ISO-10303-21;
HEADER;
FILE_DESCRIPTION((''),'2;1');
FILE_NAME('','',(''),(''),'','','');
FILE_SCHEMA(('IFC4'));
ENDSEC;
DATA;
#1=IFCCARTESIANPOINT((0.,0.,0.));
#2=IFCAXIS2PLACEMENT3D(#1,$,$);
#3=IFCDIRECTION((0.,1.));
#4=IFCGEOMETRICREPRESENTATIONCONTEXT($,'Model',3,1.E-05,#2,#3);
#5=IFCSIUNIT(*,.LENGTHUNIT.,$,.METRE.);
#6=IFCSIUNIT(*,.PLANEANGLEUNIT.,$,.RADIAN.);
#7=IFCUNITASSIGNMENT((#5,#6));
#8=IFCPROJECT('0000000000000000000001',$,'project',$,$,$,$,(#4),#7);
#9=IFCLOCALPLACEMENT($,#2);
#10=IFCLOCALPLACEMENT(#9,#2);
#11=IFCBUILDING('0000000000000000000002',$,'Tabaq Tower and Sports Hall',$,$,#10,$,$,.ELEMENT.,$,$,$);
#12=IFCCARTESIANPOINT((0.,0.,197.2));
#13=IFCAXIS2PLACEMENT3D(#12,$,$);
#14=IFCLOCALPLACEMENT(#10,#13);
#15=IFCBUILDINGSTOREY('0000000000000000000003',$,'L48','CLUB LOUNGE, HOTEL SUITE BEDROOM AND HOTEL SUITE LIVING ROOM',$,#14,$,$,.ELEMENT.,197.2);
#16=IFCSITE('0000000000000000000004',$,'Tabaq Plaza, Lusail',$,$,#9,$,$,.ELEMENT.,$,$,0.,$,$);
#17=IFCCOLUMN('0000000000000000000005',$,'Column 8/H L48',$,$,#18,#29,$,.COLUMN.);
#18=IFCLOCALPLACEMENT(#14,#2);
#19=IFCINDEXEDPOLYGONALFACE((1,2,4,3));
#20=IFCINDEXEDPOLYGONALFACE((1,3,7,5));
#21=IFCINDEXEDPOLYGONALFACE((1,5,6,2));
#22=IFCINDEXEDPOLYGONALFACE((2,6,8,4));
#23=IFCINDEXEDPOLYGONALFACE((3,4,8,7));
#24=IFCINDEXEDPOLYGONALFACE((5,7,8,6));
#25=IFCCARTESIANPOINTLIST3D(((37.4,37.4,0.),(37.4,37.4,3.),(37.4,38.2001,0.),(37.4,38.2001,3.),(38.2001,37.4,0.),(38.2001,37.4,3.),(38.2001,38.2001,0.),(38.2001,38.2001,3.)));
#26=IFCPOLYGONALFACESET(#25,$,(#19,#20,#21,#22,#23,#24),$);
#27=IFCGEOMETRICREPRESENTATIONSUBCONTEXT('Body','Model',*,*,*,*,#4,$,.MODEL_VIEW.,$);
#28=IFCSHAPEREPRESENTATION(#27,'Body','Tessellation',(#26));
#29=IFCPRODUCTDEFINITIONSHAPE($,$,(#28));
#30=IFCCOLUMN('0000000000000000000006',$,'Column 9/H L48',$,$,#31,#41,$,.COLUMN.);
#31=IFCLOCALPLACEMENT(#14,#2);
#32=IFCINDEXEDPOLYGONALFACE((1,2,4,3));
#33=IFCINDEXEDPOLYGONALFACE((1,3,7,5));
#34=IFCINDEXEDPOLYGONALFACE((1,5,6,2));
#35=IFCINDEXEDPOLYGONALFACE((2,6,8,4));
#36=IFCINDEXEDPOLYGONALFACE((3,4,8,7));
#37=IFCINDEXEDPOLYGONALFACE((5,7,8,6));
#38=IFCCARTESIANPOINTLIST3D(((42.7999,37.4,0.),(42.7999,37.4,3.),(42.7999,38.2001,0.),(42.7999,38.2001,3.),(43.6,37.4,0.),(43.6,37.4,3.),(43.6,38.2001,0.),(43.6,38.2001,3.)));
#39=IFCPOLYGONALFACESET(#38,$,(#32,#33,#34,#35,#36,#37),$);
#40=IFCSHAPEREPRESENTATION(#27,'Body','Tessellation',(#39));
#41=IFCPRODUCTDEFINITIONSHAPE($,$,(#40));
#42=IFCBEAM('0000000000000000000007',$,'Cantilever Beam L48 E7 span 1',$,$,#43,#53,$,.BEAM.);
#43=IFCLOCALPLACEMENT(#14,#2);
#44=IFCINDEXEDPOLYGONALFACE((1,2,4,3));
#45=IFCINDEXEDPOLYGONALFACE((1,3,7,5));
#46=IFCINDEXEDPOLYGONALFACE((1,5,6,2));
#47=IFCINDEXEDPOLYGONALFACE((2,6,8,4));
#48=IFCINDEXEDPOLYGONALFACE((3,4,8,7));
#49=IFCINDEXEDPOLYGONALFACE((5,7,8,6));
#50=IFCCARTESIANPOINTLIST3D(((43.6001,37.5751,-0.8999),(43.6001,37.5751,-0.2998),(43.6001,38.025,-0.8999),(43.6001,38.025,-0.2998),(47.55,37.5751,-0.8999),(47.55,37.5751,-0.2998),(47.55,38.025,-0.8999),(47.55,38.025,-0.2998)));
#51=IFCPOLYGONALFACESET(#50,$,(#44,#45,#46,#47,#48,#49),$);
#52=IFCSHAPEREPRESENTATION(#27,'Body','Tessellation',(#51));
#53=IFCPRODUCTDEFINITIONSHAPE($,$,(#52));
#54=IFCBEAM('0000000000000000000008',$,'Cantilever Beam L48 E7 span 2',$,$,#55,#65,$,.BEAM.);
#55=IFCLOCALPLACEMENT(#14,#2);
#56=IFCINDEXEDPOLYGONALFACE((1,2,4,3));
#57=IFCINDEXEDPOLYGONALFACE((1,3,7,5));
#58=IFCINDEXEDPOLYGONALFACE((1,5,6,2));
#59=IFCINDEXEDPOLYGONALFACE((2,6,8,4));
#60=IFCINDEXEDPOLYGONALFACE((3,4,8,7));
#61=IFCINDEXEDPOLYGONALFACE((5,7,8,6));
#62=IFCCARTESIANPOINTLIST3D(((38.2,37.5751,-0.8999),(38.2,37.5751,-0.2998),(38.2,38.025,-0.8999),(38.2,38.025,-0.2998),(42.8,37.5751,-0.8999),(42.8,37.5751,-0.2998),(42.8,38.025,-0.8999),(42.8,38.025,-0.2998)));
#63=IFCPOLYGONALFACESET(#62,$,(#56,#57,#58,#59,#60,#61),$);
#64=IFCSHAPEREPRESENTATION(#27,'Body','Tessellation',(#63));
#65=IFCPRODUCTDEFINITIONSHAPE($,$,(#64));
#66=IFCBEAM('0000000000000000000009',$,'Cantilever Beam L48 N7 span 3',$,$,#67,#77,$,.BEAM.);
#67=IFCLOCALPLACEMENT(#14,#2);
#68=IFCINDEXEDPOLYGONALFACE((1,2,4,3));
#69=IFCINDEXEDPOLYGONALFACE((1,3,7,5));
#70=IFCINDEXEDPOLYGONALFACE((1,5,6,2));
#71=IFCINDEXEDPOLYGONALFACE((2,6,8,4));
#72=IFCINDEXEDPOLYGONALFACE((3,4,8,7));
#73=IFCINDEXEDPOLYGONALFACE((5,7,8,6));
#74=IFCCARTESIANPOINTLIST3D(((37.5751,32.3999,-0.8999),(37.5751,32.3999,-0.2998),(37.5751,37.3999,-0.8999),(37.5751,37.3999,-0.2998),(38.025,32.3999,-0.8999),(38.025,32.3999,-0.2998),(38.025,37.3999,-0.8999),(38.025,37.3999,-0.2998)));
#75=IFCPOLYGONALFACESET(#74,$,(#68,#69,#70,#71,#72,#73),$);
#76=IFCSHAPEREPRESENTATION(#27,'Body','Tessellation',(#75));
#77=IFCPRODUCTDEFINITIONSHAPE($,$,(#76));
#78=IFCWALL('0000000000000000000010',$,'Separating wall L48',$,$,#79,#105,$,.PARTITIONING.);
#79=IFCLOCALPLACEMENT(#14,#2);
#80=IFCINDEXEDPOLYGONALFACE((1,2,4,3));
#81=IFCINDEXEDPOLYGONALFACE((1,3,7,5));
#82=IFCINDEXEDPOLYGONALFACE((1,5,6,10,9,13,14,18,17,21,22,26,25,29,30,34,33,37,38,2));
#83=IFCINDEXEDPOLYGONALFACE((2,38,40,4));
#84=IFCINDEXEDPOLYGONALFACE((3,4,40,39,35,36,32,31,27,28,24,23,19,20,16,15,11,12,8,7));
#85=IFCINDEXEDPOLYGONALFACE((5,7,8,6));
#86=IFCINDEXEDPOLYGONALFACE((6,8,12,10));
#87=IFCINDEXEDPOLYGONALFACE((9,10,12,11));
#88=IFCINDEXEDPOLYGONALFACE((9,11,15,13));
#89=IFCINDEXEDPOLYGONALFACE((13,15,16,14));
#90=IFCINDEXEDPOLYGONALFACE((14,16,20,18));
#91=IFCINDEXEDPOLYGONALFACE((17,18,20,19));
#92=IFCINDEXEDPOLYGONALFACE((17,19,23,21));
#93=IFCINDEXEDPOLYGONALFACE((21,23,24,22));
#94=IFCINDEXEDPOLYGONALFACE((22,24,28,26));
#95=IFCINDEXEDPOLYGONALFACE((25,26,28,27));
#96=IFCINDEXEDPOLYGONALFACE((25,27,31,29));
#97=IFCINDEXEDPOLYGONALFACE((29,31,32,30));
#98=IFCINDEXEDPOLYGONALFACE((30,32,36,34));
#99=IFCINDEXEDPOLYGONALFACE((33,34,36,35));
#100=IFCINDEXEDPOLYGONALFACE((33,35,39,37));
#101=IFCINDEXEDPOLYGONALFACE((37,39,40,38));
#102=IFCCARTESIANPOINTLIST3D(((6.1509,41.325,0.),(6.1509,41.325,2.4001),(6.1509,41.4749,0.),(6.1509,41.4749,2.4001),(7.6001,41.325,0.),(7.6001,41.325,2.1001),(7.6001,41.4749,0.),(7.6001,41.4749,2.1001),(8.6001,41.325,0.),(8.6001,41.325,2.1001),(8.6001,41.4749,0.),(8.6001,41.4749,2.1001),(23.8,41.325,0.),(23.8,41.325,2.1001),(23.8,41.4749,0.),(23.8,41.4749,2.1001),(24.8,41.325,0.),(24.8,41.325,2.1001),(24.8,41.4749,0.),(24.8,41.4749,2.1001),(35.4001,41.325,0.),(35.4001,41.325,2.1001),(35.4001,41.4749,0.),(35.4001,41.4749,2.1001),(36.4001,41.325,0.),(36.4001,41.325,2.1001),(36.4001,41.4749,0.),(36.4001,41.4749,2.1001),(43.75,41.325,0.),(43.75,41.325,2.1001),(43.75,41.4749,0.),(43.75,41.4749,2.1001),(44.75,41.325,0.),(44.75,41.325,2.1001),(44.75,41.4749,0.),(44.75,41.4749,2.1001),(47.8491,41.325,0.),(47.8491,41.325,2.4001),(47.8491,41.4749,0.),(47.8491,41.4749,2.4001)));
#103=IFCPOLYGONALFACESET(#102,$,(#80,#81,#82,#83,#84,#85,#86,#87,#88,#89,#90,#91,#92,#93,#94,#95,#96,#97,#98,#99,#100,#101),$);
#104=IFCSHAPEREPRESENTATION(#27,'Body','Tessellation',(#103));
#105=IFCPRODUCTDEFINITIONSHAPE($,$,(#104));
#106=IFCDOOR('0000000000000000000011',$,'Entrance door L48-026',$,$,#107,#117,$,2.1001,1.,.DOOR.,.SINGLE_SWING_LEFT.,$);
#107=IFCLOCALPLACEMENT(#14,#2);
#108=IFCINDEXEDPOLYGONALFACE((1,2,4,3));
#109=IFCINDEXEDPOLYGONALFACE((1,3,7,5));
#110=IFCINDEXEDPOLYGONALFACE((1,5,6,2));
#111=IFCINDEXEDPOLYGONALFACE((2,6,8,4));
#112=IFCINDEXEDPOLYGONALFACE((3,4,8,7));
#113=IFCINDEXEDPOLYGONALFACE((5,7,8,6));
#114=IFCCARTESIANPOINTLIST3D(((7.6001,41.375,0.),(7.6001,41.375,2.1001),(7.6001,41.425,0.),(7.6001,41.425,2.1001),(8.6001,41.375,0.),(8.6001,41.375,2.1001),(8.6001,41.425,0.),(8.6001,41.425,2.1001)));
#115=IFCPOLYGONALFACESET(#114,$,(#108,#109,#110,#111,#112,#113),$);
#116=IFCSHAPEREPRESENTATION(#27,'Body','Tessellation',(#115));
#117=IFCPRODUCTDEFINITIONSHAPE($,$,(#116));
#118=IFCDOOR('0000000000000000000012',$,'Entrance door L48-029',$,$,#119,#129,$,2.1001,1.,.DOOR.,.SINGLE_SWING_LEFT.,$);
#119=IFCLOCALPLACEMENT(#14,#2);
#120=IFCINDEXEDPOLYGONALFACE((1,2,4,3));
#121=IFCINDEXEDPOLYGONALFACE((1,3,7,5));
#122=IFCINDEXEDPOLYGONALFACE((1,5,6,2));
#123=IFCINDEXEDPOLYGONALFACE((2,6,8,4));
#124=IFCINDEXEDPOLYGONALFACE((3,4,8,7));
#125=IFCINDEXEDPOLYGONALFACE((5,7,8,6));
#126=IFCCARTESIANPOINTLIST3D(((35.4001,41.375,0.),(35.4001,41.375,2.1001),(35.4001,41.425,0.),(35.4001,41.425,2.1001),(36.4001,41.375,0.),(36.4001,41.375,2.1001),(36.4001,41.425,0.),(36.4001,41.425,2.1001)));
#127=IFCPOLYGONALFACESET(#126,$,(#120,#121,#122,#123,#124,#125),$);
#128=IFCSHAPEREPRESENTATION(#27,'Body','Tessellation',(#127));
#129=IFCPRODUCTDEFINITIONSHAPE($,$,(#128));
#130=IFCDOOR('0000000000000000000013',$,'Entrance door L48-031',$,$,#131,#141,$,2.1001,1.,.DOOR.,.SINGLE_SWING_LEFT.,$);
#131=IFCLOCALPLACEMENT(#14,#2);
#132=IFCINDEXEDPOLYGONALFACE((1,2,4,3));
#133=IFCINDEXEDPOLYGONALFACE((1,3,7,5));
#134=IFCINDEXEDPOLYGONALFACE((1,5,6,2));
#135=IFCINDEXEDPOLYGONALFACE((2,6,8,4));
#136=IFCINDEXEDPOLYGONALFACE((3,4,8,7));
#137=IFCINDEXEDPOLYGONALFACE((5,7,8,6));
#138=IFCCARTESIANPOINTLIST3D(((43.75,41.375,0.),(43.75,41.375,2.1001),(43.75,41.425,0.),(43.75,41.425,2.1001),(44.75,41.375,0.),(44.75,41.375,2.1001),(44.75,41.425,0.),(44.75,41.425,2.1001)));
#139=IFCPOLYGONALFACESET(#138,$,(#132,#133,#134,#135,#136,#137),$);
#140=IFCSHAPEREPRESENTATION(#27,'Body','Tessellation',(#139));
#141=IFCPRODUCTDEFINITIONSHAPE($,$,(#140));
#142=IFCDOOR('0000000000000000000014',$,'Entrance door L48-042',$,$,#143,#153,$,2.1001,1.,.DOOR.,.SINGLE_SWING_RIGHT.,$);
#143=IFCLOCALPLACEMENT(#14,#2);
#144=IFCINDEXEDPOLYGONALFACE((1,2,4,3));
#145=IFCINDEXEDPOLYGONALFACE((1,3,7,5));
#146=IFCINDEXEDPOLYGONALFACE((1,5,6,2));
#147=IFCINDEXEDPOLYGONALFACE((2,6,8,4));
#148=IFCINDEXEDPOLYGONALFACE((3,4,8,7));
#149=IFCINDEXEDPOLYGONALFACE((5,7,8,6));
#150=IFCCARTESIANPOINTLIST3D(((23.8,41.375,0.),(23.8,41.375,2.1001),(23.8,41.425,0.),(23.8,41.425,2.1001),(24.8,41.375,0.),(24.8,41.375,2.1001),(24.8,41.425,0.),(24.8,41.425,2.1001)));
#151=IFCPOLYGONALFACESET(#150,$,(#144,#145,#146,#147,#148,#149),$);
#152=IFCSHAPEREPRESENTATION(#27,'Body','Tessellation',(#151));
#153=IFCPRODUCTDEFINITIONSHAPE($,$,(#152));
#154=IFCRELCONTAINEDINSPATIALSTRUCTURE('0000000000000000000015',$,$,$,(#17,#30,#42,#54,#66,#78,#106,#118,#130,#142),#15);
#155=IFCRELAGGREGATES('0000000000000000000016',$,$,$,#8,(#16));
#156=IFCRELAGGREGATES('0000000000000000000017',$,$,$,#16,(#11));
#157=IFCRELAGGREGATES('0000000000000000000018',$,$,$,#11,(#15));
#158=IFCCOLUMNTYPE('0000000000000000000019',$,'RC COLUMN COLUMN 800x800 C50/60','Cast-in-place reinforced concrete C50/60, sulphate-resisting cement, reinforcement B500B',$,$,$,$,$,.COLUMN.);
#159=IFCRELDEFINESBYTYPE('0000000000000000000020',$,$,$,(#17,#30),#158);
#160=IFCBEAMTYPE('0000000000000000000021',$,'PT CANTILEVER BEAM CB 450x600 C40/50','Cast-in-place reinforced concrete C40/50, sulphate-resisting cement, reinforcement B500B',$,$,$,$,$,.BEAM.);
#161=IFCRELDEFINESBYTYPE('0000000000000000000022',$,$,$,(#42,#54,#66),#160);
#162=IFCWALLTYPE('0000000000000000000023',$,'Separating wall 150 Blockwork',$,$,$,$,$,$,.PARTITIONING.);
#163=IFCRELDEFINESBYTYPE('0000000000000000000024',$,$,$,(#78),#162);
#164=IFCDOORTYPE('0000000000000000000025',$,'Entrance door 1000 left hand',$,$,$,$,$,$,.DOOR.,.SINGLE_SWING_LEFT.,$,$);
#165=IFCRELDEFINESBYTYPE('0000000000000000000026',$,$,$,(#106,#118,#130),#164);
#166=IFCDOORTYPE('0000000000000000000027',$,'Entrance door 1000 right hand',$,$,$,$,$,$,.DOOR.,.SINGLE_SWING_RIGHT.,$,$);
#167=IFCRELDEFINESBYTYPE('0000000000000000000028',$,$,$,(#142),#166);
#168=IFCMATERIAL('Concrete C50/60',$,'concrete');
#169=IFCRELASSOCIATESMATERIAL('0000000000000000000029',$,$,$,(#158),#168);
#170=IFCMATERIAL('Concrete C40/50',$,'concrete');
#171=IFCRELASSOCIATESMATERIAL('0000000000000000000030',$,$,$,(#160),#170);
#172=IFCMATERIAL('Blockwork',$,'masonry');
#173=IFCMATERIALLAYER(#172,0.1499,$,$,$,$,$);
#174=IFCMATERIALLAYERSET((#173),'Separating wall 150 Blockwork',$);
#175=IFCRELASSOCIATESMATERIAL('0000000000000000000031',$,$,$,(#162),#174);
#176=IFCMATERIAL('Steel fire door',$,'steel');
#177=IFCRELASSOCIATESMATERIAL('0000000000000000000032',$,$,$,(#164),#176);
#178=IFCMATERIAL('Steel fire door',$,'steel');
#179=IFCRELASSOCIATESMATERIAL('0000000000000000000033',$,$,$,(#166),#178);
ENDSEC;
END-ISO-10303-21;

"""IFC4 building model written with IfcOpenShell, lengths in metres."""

from ifc_helpers import new_model, si_unit, direction, frame, frame_2d, origin, origin_2d, place, context, subcontext, project, spatial, rectangle, extrude, material, layer, layer_set, material_profile, profile_set, type_object, element, fill, save


model = new_model("IFC4")

# Units and contexts
model_context = context("Model", 3, precision=1e-05, world=origin(), true_north=direction((0.0, 1.0)))
body_context = subcontext(model_context, "Body", "Model", "MODEL_VIEW")
ifc_project = project(units=[si_unit("LENGTHUNIT", "METRE"), si_unit("PLANEANGLEUNIT", "RADIAN")], contexts=[model_context])

# Site, building, storey
site_placement = place(None, origin())
site = spatial("IfcSite", under=ifc_project, at=site_placement, Name="Tabaq Plaza, Lusail", CompositionType="ELEMENT", RefElevation=0.0)
building_placement = place(site_placement, origin())
building = spatial("IfcBuilding", under=site, at=building_placement, Name="Tabaq Tower and Sports Hall", CompositionType="ELEMENT")
storey_placement = place(building_placement, frame((0.0, 0.0, 197.2)))
storey = spatial("IfcBuildingStorey", under=building, at=storey_placement, Name="L48", Description="CLUB LOUNGE, HOTEL SUITE BEDROOM AND HOTEL SUITE LIVING ROOM", CompositionType="ELEMENT", Elevation=197.2)

# Columns
ifc_material_1 = material(Name="Concrete C50/60", Category="concrete")
ifc_material_profile_1 = material_profile(ifc_material_1, rectangle(XDim=0.8, YDim=0.8, at=origin_2d()), Name="COLUMN 800x800")
ifc_profile_set_1 = profile_set([ifc_material_profile_1], Name="Concrete C50/60")
column_type = type_object("IfcColumnType", Name="RC COLUMN COLUMN 800x800 C50/60", Description="Cast-in-place reinforced concrete C50/60, sulphate-resisting cement, reinforcement B500B", PredefinedType="COLUMN", material=ifc_profile_set_1)
for number, where, z_axis, x_axis, name in (
    (1, (37.8, 37.8, 0.0), (0.0, 0.0, 1.0), (1.0, 0.0, 0.0), "Column 8/H L48"),
    (2, (43.2, 37.8, 0.0), (0.0, 0.0, 1.0), (1.0, 0.0, 0.0), "Column 9/H L48"),
):
    element("IfcColumn", number, at=place(storey_placement, frame(where, z_axis=z_axis, x_axis=x_axis)), inside=storey, type_object=column_type, Name=name, PredefinedType="COLUMN", context=body_context, shape_type="SweptSolid", body=[
        extrude(rectangle(XDim=0.8, YDim=0.8, at=origin_2d()), origin(), (0.0, 0.0, 1.0), 3.0),
    ])

# Beams
ifc_material_2 = material(Name="Concrete C40/50", Category="concrete")
ifc_material_profile_2 = material_profile(ifc_material_2, rectangle(XDim=0.45, YDim=0.6001, at=origin_2d()), Name="CB 450x600")
ifc_profile_set_2 = profile_set([ifc_material_profile_2], Name="Concrete C40/50")
beam_type = type_object("IfcBeamType", Name="PT CANTILEVER BEAM CB 450x600 C40/50", Description="Cast-in-place reinforced concrete C40/50, sulphate-resisting cement, reinforcement B500B", PredefinedType="BEAM", material=ifc_profile_set_2)
beam_1_placement = place(storey_placement, frame((47.55, 37.8, -0.5999), z_axis=(-1.0, 0.0, 0.0), x_axis=(0.0, -1.0, 0.0)))
element("IfcBeam", 3, at=beam_1_placement, inside=storey, type_object=beam_type, Name="Cantilever Beam L48 E7 span 1", PredefinedType="BEAM", context=body_context, shape_type="SweptSolid", body=[
    extrude(rectangle(XDim=0.45, YDim=0.6001, at=origin_2d()), origin(), (0.0, 0.0, 1.0), 3.95),
])
beam_2_placement = place(storey_placement, frame((42.8, 37.8, -0.5999), z_axis=(-1.0, 0.0, 0.0), x_axis=(0.0, -1.0, 0.0)))
element("IfcBeam", 4, at=beam_2_placement, inside=storey, type_object=beam_type, Name="Cantilever Beam L48 E7 span 2", PredefinedType="BEAM", context=body_context, shape_type="SweptSolid", body=[
    extrude(rectangle(XDim=0.45, YDim=0.6001, at=origin_2d()), origin(), (0.0, 0.0, 1.0), 4.6001),
])
beam_3_placement = place(storey_placement, frame((37.8, 37.3999, -0.5999), z_axis=(0.0, -1.0, 0.0), x_axis=(1.0, 0.0, 0.0)))
element("IfcBeam", 5, at=beam_3_placement, inside=storey, type_object=beam_type, Name="Cantilever Beam L48 N7 span 3", PredefinedType="BEAM", context=body_context, shape_type="SweptSolid", body=[
    extrude(rectangle(XDim=0.45, YDim=0.6001, at=origin_2d()), origin(), (0.0, 0.0, 1.0), 5.0),
])

# Wall, openings, doors
ifc_material_3 = material(Name="Blockwork", Category="masonry")
ifc_layer_1 = layer(ifc_material_3, 0.1499)
ifc_layer_set_1 = layer_set([ifc_layer_1], Name="Separating wall 150 Blockwork")
wall_type = type_object("IfcWallType", Name="Separating wall 150 Blockwork", PredefinedType="PARTITIONING", material=ifc_layer_set_1)
wall_1_placement = place(storey_placement, frame((47.8491, 41.3999, 0.0), z_axis=(0.0, 0.0, 1.0), x_axis=(-1.0, 0.0, 0.0)))
wall_1 = element("IfcWall", 6, at=wall_1_placement, inside=storey, type_object=wall_type, Name="Separating wall L48", PredefinedType="PARTITIONING", context=body_context, shape_type="SweptSolid", body=[
    extrude(rectangle(XDim=41.6982, YDim=0.1499, at=frame_2d((20.8491, 0.0))), origin(), (0.0, 0.0, 1.0), 2.4001),
])
opening_1_placement = place(wall_1_placement, frame((39.249, 0.0, 0.0)))
opening_1 = element("IfcOpeningElement", 7, at=opening_1_placement, cuts=wall_1, PredefinedType="OPENING", context=body_context, shape_type="SweptSolid", body=[
    extrude(rectangle(XDim=1.0, YDim=2.1001, at=frame_2d((0.5, 1.05))), frame((0.0, 0.075, 0.0), z_axis=(0.0, -1.0, 0.0), x_axis=(1.0, 0.0, 0.0)), (0.0, 0.0, 1.0), 0.1499),
])
opening_2_placement = place(wall_1_placement, frame((11.449, 0.0, 0.0)))
opening_2 = element("IfcOpeningElement", 8, at=opening_2_placement, cuts=wall_1, PredefinedType="OPENING", context=body_context, shape_type="SweptSolid", body=[
    extrude(rectangle(XDim=1.0, YDim=2.1001, at=frame_2d((0.5, 1.05))), frame((0.0, 0.075, 0.0), z_axis=(0.0, -1.0, 0.0), x_axis=(1.0, 0.0, 0.0)), (0.0, 0.0, 1.0), 0.1499),
])
opening_3_placement = place(wall_1_placement, frame((3.0991, 0.0, 0.0)))
opening_3 = element("IfcOpeningElement", 9, at=opening_3_placement, cuts=wall_1, PredefinedType="OPENING", context=body_context, shape_type="SweptSolid", body=[
    extrude(rectangle(XDim=1.0, YDim=2.1001, at=frame_2d((0.5, 1.05))), frame((0.0, 0.075, 0.0), z_axis=(0.0, -1.0, 0.0), x_axis=(1.0, 0.0, 0.0)), (0.0, 0.0, 1.0), 0.1499),
])
opening_4_placement = place(wall_1_placement, frame((23.0491, 0.0, 0.0)))
opening_4 = element("IfcOpeningElement", 10, at=opening_4_placement, cuts=wall_1, PredefinedType="OPENING", context=body_context, shape_type="SweptSolid", body=[
    extrude(rectangle(XDim=1.0, YDim=2.1001, at=frame_2d((0.5, 1.05))), frame((0.0, 0.075, 0.0), z_axis=(0.0, -1.0, 0.0), x_axis=(1.0, 0.0, 0.0)), (0.0, 0.0, 1.0), 0.1499),
])
ifc_material_4 = material(Name="Steel fire door", Category="steel")
door_type_1 = type_object("IfcDoorType", Name="Entrance door 1000 left hand", OperationType="SINGLE_SWING_LEFT", PredefinedType="DOOR", material=ifc_material_4)
door_1_placement = place(opening_1_placement, origin())
door_1 = element("IfcDoor", 11, at=door_1_placement, inside=storey, type_object=door_type_1, Name="Entrance door L48-026", OperationType="SINGLE_SWING_LEFT", OverallHeight=2.1001, OverallWidth=1.0, PredefinedType="DOOR", context=body_context, shape_type="SweptSolid", body=[
    extrude(rectangle(XDim=1.0, YDim=2.1001, at=frame_2d((0.5, 1.05))), frame((0.0, 0.0249, 0.0), z_axis=(0.0, -1.0, 0.0), x_axis=(1.0, 0.0, 0.0)), (0.0, 0.0, 1.0), 0.05),
])
fill(opening_1, door_1)
door_2_placement = place(opening_2_placement, origin())
door_2 = element("IfcDoor", 12, at=door_2_placement, inside=storey, type_object=door_type_1, Name="Entrance door L48-029", OperationType="SINGLE_SWING_LEFT", OverallHeight=2.1001, OverallWidth=1.0, PredefinedType="DOOR", context=body_context, shape_type="SweptSolid", body=[
    extrude(rectangle(XDim=1.0, YDim=2.1001, at=frame_2d((0.5, 1.05))), frame((0.0, 0.0249, 0.0), z_axis=(0.0, -1.0, 0.0), x_axis=(1.0, 0.0, 0.0)), (0.0, 0.0, 1.0), 0.05),
])
fill(opening_2, door_2)
door_3_placement = place(opening_3_placement, origin())
door_3 = element("IfcDoor", 13, at=door_3_placement, inside=storey, type_object=door_type_1, Name="Entrance door L48-031", OperationType="SINGLE_SWING_LEFT", OverallHeight=2.1001, OverallWidth=1.0, PredefinedType="DOOR", context=body_context, shape_type="SweptSolid", body=[
    extrude(rectangle(XDim=1.0, YDim=2.1001, at=frame_2d((0.5, 1.05))), frame((0.0, 0.0249, 0.0), z_axis=(0.0, -1.0, 0.0), x_axis=(1.0, 0.0, 0.0)), (0.0, 0.0, 1.0), 0.05),
])
fill(opening_3, door_3)
ifc_material_5 = material(Name="Steel fire door", Category="steel")
door_type_2 = type_object("IfcDoorType", Name="Entrance door 1000 right hand", OperationType="SINGLE_SWING_RIGHT", PredefinedType="DOOR", material=ifc_material_5)
door_4_placement = place(opening_4_placement, origin())
door_4 = element("IfcDoor", 14, at=door_4_placement, inside=storey, type_object=door_type_2, Name="Entrance door L48-042", OperationType="SINGLE_SWING_RIGHT", OverallHeight=2.1001, OverallWidth=1.0, PredefinedType="DOOR", context=body_context, shape_type="SweptSolid", body=[
    extrude(rectangle(XDim=1.0, YDim=2.1001, at=frame_2d((0.5, 1.05))), frame((0.0, 0.0249, 0.0), z_axis=(0.0, -1.0, 0.0), x_axis=(1.0, 0.0, 0.0)), (0.0, 0.0, 1.0), 0.05),
])
fill(opening_4, door_4)

save(model, "model.ifc")
